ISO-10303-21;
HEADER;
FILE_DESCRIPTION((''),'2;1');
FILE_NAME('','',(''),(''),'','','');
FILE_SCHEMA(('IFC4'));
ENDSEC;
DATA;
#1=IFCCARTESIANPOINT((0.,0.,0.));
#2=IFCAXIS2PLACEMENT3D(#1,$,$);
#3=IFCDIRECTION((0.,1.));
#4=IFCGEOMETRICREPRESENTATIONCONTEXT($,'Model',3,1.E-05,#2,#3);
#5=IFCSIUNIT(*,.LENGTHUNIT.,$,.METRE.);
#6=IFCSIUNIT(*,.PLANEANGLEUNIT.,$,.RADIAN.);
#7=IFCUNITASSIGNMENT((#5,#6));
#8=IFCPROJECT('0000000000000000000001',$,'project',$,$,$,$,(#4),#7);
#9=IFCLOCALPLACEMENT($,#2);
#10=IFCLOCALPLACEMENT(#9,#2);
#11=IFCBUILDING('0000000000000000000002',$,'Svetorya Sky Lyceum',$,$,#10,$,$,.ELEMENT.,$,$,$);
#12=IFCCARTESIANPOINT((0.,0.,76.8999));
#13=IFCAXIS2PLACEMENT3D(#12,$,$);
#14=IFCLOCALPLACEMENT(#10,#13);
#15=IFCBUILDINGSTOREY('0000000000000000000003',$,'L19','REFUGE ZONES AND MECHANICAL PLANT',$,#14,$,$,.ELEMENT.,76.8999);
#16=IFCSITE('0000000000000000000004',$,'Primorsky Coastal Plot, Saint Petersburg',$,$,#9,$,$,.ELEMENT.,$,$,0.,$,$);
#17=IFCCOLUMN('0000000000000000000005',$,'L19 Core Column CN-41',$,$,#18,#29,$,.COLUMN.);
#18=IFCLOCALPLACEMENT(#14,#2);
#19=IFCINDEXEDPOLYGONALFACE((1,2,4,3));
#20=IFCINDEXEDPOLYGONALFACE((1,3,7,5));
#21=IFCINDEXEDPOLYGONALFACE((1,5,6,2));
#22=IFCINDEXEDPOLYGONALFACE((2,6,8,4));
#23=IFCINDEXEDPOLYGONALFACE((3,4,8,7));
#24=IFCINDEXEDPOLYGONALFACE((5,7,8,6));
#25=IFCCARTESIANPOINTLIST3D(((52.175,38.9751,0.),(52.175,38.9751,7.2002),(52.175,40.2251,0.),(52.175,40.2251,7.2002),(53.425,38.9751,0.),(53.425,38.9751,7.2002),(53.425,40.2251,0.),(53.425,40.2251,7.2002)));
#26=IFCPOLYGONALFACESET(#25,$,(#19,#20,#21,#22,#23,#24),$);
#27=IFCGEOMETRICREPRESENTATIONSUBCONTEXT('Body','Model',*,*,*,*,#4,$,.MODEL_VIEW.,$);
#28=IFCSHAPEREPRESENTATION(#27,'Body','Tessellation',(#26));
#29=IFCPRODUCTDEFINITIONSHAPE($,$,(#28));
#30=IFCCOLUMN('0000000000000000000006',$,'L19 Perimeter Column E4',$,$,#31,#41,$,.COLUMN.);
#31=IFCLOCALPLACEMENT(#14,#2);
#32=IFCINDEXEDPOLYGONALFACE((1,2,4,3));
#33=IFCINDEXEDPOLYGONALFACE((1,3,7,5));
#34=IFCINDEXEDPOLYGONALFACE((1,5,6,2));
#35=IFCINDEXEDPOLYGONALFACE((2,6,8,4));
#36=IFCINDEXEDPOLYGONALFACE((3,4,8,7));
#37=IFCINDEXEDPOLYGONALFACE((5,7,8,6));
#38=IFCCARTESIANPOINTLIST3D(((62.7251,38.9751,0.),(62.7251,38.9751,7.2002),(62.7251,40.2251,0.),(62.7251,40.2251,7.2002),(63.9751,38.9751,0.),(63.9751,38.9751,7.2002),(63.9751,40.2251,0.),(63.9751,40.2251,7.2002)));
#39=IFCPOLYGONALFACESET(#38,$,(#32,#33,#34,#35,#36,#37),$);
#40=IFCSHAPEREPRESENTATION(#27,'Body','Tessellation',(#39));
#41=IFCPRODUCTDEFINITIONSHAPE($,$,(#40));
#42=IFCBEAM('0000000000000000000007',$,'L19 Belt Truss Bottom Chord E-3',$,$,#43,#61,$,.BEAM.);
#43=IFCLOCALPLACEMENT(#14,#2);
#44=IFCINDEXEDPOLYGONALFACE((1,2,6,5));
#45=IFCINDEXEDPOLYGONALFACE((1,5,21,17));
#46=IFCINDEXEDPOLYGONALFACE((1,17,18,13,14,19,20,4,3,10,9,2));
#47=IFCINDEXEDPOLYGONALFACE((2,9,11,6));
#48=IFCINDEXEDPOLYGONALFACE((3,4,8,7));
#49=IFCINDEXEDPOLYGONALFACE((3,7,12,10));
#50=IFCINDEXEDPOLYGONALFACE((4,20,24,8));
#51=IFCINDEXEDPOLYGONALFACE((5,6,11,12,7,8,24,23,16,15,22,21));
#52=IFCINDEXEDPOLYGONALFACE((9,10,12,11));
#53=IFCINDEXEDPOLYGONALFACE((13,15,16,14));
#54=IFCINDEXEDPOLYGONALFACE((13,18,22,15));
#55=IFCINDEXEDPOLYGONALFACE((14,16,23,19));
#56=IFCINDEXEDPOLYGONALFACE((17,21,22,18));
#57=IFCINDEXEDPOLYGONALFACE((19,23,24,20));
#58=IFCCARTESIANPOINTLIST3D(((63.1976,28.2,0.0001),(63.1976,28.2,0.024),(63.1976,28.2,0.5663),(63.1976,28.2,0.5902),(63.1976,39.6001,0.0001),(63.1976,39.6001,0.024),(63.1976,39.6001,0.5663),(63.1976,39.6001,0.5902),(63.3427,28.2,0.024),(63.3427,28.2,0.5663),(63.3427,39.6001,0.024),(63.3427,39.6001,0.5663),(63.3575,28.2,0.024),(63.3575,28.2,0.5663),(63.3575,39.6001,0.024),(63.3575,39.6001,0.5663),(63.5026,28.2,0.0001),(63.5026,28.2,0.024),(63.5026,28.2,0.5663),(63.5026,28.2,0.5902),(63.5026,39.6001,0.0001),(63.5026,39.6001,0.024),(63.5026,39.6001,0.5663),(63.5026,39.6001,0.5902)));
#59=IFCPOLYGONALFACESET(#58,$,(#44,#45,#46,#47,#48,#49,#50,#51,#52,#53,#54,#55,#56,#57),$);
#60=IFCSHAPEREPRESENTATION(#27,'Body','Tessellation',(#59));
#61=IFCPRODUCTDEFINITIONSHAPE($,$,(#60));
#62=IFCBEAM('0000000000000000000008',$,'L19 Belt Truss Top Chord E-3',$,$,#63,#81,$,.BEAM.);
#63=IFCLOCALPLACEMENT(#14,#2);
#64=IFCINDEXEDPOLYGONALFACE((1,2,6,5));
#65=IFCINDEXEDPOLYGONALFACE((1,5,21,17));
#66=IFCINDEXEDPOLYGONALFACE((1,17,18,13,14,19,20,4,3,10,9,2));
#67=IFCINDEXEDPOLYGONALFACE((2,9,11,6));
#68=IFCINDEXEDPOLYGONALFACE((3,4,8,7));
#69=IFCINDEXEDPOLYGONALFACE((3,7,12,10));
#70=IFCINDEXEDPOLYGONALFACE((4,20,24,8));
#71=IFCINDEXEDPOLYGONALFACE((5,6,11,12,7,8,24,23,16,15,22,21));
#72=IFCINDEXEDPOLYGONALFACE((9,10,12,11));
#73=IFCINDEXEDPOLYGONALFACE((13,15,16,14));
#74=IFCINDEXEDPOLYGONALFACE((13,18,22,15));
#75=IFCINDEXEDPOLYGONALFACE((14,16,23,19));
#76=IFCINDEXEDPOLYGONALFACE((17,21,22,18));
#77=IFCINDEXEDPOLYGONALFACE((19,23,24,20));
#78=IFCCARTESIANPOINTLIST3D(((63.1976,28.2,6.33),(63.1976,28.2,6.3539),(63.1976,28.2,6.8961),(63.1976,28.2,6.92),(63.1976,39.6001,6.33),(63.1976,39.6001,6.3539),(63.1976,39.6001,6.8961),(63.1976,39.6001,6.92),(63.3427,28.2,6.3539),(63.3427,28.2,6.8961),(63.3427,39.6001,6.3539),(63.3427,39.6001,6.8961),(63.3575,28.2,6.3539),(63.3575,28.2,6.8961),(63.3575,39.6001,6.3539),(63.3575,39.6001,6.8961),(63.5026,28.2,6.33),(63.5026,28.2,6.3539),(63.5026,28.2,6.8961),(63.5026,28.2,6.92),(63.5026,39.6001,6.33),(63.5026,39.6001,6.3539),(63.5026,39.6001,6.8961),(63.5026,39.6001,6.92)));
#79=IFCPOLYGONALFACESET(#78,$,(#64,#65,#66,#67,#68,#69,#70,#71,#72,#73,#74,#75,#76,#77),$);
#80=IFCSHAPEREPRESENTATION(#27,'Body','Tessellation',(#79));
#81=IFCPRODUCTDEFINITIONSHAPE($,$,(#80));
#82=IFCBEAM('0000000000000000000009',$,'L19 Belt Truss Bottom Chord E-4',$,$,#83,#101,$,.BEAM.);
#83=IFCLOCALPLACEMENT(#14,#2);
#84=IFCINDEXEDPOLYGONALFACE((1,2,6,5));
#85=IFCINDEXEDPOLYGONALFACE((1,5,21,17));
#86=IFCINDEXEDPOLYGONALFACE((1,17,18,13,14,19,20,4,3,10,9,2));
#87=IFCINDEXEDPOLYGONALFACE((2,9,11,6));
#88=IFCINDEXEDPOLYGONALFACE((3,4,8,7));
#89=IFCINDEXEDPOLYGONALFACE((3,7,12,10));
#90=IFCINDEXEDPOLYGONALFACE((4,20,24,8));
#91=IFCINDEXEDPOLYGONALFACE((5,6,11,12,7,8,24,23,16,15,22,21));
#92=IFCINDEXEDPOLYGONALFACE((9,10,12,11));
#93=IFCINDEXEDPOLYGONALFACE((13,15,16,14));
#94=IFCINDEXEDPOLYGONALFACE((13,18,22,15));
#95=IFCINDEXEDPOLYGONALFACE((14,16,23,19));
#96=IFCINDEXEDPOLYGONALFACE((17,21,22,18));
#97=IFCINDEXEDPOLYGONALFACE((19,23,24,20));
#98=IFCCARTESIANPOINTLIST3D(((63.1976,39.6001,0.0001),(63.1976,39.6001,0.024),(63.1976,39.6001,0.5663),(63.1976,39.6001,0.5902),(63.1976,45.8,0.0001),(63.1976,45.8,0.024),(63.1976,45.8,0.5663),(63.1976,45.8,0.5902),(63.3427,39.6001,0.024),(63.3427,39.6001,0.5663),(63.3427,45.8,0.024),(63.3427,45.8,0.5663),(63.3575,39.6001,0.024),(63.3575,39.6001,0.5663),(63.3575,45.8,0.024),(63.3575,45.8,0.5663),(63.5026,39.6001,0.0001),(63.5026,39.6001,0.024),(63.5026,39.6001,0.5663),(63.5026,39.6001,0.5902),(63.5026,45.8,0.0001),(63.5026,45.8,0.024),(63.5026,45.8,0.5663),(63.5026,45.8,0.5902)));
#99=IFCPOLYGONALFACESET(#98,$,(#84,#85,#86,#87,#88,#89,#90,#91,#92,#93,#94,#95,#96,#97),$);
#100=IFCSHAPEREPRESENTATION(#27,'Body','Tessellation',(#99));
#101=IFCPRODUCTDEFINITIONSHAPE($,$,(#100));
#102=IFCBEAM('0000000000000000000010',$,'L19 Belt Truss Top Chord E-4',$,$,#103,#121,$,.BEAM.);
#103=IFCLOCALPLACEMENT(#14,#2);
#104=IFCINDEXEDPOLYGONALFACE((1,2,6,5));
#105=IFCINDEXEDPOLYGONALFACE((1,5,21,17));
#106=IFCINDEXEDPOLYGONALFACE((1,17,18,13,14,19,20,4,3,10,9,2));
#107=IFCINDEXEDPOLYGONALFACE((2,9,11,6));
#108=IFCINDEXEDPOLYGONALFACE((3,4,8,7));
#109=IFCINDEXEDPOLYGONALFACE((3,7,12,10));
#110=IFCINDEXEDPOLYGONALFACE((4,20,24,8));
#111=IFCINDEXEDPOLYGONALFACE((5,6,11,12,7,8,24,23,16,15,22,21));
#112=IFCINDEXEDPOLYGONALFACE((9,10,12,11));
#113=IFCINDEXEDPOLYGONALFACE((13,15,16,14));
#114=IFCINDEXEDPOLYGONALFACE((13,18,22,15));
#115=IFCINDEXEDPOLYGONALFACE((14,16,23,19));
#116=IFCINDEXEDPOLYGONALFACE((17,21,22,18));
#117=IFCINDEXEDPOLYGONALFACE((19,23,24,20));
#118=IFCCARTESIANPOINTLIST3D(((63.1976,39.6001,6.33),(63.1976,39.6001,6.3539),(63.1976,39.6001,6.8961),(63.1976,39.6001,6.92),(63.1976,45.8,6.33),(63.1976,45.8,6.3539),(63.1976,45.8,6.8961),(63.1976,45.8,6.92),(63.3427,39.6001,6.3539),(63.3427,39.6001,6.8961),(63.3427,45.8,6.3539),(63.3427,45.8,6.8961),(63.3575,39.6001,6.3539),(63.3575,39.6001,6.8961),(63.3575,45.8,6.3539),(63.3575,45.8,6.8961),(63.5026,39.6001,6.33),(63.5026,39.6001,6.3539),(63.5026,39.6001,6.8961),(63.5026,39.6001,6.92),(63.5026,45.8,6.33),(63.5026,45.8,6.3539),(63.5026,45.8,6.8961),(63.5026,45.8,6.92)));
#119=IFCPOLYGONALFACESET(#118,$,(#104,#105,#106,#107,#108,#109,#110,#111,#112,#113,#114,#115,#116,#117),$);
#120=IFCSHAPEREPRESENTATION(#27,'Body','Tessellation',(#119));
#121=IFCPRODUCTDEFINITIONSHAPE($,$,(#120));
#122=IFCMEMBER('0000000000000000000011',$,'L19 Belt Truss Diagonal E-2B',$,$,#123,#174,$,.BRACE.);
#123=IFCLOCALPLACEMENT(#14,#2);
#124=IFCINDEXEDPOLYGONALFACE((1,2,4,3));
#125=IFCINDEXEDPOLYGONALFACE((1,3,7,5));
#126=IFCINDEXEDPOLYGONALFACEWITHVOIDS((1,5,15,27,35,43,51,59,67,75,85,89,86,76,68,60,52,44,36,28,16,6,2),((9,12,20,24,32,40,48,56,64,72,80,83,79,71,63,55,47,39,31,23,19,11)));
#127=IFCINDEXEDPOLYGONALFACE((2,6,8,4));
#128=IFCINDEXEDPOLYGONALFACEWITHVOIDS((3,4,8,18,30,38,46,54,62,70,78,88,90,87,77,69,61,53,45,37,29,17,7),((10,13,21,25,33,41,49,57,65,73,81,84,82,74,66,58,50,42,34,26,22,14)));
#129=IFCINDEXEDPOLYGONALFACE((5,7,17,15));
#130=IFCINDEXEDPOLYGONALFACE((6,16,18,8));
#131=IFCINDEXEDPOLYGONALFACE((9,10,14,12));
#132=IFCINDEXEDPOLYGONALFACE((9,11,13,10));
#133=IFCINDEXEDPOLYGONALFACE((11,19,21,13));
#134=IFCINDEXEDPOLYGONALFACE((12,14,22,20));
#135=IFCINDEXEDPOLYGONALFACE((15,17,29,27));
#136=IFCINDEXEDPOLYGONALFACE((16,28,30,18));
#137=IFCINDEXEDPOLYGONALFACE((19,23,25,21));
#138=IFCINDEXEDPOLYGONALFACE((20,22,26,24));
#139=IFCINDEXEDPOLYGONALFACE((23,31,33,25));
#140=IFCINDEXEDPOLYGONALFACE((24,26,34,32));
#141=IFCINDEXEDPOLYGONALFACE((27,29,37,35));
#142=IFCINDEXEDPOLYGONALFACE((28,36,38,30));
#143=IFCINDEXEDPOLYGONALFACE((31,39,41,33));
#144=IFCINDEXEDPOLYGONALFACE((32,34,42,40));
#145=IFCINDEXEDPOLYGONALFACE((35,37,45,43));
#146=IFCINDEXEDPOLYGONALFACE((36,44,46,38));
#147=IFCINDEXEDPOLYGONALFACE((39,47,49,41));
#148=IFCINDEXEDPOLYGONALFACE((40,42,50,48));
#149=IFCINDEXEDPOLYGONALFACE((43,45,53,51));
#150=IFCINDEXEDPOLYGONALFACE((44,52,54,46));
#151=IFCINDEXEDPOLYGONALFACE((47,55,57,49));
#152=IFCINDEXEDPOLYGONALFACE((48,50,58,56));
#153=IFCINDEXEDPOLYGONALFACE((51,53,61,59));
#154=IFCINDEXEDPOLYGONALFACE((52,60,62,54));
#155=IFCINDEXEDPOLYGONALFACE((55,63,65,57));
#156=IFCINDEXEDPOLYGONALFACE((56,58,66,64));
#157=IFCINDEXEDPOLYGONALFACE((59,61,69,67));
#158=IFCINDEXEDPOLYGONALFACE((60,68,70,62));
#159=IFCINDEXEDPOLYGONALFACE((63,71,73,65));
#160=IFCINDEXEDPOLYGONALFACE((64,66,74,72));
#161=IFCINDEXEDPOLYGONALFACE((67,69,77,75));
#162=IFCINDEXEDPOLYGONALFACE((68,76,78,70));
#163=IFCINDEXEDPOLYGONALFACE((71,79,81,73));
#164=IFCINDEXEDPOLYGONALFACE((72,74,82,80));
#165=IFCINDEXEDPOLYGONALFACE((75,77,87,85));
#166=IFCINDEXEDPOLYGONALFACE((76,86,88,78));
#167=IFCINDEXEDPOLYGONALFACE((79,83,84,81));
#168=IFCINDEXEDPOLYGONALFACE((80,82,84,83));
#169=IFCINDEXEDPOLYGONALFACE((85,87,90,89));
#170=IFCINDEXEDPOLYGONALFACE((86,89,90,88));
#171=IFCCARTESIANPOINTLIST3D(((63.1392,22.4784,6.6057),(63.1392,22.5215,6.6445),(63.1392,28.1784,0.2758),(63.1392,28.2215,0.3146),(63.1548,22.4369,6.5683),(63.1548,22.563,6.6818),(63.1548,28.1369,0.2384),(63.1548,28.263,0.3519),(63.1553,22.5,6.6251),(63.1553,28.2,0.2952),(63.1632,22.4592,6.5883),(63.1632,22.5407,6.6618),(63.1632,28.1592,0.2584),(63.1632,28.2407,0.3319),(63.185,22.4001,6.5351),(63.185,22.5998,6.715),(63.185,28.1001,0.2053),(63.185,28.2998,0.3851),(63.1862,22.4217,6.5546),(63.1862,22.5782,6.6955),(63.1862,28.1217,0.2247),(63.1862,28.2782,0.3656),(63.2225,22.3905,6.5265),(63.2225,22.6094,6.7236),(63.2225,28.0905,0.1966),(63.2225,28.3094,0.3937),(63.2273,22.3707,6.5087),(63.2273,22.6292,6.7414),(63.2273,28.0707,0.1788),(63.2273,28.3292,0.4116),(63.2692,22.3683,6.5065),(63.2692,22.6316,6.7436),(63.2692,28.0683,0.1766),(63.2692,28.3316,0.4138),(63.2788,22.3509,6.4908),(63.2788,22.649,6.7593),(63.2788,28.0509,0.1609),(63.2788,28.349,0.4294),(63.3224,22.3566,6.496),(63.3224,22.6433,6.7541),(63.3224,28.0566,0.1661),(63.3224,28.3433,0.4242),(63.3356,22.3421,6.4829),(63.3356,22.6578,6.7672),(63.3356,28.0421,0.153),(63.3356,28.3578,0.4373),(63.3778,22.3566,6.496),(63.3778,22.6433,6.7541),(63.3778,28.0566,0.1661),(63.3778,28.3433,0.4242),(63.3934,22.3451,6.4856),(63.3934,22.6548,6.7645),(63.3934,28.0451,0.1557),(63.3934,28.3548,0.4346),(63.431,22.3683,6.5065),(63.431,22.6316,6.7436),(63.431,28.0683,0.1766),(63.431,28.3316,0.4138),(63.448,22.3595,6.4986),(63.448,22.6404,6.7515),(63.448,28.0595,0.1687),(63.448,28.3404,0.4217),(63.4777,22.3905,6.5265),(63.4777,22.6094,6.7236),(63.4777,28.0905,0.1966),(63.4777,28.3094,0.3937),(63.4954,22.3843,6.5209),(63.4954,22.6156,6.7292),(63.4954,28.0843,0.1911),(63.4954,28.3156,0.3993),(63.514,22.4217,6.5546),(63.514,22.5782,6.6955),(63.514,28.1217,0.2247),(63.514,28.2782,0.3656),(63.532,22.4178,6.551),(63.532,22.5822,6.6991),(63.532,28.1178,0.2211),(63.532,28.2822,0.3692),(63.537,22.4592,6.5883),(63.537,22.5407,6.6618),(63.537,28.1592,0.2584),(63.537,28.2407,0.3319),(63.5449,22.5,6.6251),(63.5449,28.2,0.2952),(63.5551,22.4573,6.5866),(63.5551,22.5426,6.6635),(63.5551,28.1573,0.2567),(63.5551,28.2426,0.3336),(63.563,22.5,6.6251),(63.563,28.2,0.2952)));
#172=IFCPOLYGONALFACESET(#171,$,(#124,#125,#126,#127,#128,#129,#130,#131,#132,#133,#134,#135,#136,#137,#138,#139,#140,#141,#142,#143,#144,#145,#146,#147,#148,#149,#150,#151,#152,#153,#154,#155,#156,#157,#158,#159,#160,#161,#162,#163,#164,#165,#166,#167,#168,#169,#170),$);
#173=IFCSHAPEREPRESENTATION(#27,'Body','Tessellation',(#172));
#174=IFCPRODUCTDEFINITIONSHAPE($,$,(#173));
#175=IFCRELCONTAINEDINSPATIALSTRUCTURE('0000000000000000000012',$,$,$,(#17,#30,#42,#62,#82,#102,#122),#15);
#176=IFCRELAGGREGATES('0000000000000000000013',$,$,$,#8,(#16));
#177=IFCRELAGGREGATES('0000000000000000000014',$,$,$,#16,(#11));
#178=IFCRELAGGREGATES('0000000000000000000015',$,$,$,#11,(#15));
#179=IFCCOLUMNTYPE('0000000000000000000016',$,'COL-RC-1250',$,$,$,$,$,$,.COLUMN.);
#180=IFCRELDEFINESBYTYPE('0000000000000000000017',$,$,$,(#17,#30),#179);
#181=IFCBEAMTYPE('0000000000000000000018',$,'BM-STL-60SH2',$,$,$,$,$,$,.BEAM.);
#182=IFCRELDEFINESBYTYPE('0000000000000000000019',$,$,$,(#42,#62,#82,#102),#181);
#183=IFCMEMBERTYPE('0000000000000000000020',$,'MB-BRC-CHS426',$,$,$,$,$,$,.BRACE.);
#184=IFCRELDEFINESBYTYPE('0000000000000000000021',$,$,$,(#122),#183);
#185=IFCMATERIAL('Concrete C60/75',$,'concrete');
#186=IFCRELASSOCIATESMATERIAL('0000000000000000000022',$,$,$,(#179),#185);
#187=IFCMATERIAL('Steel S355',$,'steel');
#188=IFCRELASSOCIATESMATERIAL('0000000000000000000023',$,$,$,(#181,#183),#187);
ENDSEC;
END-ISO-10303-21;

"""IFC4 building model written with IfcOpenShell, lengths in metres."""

from ifc_helpers import new_model, si_unit, direction, frame, origin, origin_2d, place, context, subcontext, project, spatial, rectangle, hollow_circle, i_section, extrude, material, material_profile, profile_set, type_object, element, save


model = new_model("IFC4")

# Units and contexts
model_context = context("Model", 3, precision=1e-05, world=origin(), true_north=direction((0.0, 1.0)))
body_context = subcontext(model_context, "Body", "Model", "MODEL_VIEW")
ifc_project = project(units=[si_unit("LENGTHUNIT", "METRE"), si_unit("PLANEANGLEUNIT", "RADIAN")], contexts=[model_context])

# Site, building, storey
site_placement = place(None, origin())
site = spatial("IfcSite", under=ifc_project, at=site_placement, Name="Primorsky Coastal Plot, Saint Petersburg", CompositionType="ELEMENT", RefElevation=0.0)
building_placement = place(site_placement, origin())
building = spatial("IfcBuilding", under=site, at=building_placement, Name="Svetorya Sky Lyceum", CompositionType="ELEMENT")
storey_placement = place(building_placement, frame((0.0, 0.0, 76.8999)))
storey = spatial("IfcBuildingStorey", under=building, at=storey_placement, Name="L19", Description="REFUGE ZONES AND MECHANICAL PLANT", CompositionType="ELEMENT", Elevation=76.8999)

# Columns
ifc_material_1 = material(Name="Concrete C60/75", Category="concrete")
ifc_material_profile_1 = material_profile(ifc_material_1, rectangle(XDim=1.25, YDim=1.25, at=origin_2d()), Name="RC COL 1250x1250")
ifc_profile_set_1 = profile_set([ifc_material_profile_1], Name="Concrete C60/75")
column_type = type_object("IfcColumnType", Name="COL-RC-1250", PredefinedType="COLUMN", material=ifc_profile_set_1)
for number, where, z_axis, x_axis, name in (
    (1, (52.8, 39.6001, 0.0), (0.0, 0.0, 1.0), (1.0, 0.0, 0.0), "L19 Core Column CN-41"),
    (2, (63.3501, 39.6001, 0.0), (0.0, 0.0, 1.0), (1.0, 0.0, 0.0), "L19 Perimeter Column E4"),
):
    element("IfcColumn", number, at=place(storey_placement, frame(where, z_axis=z_axis, x_axis=x_axis)), inside=storey, type_object=column_type, Name=name, PredefinedType="COLUMN", context=body_context, shape_type="SweptSolid", body=[
        extrude(rectangle(XDim=1.25, YDim=1.25, at=origin_2d()), origin(), (0.0, 0.0, 1.0), 7.2002),
    ])

# Beams
ifc_material_2 = material(Name="Steel S355", Category="steel")
ifc_material_profile_2 = material_profile(ifc_material_2, i_section(OverallWidth=0.3049, OverallDepth=0.5901, WebThickness=0.0149, FlangeThickness=0.0239, at=origin_2d()), Name="GOST 60Sh2")
ifc_profile_set_2 = profile_set([ifc_material_profile_2], Name="Steel S355")
beam_type = type_object("IfcBeamType", Name="BM-STL-60SH2", PredefinedType="BEAM", material=ifc_profile_set_2)
for number, where, z_axis, x_axis, name in (
    (3, (63.3501, 28.2, 0.2952), (0.0, 1.0, 0.0), (-1.0, 0.0, 0.0), "L19 Belt Truss Bottom Chord E-3"),
    (4, (63.3501, 28.2, 6.625), (0.0, 1.0, 0.0), (-1.0, 0.0, 0.0), "L19 Belt Truss Top Chord E-3"),
):
    element("IfcBeam", number, at=place(storey_placement, frame(where, z_axis=z_axis, x_axis=x_axis)), inside=storey, type_object=beam_type, Name=name, PredefinedType="BEAM", context=body_context, shape_type="SweptSolid", body=[
        extrude(i_section(OverallWidth=0.3049, OverallDepth=0.5901, WebThickness=0.0149, FlangeThickness=0.0239, at=origin_2d()), origin(), (0.0, 0.0, 1.0), 11.4001),
    ])
for number, where, z_axis, x_axis, name in (
    (5, (63.3501, 39.6001, 0.2952), (0.0, 1.0, 0.0), (-1.0, 0.0, 0.0), "L19 Belt Truss Bottom Chord E-4"),
    (6, (63.3501, 39.6001, 6.625), (0.0, 1.0, 0.0), (-1.0, 0.0, 0.0), "L19 Belt Truss Top Chord E-4"),
):
    element("IfcBeam", number, at=place(storey_placement, frame(where, z_axis=z_axis, x_axis=x_axis)), inside=storey, type_object=beam_type, Name=name, PredefinedType="BEAM", context=body_context, shape_type="SweptSolid", body=[
        extrude(i_section(OverallWidth=0.3049, OverallDepth=0.5901, WebThickness=0.0149, FlangeThickness=0.0239, at=origin_2d()), origin(), (0.0, 0.0, 1.0), 6.2),
    ])

# Member
ifc_material_profile_3 = material_profile(ifc_material_2, hollow_circle(Radius=0.2129, WallThickness=0.0181, at=origin_2d()), Name="CHS 426x18")
ifc_profile_set_3 = profile_set([ifc_material_profile_3], Name="Steel S355")
member_type_1 = type_object("IfcMemberType", Name="MB-BRC-CHS426", PredefinedType="BRACE", material=ifc_profile_set_3)
for number, where, z_axis, x_axis, name in (
    (7, (63.3501, 28.2, 0.2952), (0.0, -0.669166, 0.743113), (1.0, 0.0, 0.0), "L19 Belt Truss Diagonal E-2B"),
):
    element("IfcMember", number, at=place(storey_placement, frame(where, z_axis=z_axis, x_axis=x_axis)), inside=storey, type_object=member_type_1, Name=name, PredefinedType="BRACE", context=body_context, shape_type="SweptSolid", body=[
        extrude(hollow_circle(Radius=0.2129, WallThickness=0.0181, at=origin_2d()), origin(), (0.0, 0.0, 1.0), 8.5181),
    ])

save(model, "model.ifc")
